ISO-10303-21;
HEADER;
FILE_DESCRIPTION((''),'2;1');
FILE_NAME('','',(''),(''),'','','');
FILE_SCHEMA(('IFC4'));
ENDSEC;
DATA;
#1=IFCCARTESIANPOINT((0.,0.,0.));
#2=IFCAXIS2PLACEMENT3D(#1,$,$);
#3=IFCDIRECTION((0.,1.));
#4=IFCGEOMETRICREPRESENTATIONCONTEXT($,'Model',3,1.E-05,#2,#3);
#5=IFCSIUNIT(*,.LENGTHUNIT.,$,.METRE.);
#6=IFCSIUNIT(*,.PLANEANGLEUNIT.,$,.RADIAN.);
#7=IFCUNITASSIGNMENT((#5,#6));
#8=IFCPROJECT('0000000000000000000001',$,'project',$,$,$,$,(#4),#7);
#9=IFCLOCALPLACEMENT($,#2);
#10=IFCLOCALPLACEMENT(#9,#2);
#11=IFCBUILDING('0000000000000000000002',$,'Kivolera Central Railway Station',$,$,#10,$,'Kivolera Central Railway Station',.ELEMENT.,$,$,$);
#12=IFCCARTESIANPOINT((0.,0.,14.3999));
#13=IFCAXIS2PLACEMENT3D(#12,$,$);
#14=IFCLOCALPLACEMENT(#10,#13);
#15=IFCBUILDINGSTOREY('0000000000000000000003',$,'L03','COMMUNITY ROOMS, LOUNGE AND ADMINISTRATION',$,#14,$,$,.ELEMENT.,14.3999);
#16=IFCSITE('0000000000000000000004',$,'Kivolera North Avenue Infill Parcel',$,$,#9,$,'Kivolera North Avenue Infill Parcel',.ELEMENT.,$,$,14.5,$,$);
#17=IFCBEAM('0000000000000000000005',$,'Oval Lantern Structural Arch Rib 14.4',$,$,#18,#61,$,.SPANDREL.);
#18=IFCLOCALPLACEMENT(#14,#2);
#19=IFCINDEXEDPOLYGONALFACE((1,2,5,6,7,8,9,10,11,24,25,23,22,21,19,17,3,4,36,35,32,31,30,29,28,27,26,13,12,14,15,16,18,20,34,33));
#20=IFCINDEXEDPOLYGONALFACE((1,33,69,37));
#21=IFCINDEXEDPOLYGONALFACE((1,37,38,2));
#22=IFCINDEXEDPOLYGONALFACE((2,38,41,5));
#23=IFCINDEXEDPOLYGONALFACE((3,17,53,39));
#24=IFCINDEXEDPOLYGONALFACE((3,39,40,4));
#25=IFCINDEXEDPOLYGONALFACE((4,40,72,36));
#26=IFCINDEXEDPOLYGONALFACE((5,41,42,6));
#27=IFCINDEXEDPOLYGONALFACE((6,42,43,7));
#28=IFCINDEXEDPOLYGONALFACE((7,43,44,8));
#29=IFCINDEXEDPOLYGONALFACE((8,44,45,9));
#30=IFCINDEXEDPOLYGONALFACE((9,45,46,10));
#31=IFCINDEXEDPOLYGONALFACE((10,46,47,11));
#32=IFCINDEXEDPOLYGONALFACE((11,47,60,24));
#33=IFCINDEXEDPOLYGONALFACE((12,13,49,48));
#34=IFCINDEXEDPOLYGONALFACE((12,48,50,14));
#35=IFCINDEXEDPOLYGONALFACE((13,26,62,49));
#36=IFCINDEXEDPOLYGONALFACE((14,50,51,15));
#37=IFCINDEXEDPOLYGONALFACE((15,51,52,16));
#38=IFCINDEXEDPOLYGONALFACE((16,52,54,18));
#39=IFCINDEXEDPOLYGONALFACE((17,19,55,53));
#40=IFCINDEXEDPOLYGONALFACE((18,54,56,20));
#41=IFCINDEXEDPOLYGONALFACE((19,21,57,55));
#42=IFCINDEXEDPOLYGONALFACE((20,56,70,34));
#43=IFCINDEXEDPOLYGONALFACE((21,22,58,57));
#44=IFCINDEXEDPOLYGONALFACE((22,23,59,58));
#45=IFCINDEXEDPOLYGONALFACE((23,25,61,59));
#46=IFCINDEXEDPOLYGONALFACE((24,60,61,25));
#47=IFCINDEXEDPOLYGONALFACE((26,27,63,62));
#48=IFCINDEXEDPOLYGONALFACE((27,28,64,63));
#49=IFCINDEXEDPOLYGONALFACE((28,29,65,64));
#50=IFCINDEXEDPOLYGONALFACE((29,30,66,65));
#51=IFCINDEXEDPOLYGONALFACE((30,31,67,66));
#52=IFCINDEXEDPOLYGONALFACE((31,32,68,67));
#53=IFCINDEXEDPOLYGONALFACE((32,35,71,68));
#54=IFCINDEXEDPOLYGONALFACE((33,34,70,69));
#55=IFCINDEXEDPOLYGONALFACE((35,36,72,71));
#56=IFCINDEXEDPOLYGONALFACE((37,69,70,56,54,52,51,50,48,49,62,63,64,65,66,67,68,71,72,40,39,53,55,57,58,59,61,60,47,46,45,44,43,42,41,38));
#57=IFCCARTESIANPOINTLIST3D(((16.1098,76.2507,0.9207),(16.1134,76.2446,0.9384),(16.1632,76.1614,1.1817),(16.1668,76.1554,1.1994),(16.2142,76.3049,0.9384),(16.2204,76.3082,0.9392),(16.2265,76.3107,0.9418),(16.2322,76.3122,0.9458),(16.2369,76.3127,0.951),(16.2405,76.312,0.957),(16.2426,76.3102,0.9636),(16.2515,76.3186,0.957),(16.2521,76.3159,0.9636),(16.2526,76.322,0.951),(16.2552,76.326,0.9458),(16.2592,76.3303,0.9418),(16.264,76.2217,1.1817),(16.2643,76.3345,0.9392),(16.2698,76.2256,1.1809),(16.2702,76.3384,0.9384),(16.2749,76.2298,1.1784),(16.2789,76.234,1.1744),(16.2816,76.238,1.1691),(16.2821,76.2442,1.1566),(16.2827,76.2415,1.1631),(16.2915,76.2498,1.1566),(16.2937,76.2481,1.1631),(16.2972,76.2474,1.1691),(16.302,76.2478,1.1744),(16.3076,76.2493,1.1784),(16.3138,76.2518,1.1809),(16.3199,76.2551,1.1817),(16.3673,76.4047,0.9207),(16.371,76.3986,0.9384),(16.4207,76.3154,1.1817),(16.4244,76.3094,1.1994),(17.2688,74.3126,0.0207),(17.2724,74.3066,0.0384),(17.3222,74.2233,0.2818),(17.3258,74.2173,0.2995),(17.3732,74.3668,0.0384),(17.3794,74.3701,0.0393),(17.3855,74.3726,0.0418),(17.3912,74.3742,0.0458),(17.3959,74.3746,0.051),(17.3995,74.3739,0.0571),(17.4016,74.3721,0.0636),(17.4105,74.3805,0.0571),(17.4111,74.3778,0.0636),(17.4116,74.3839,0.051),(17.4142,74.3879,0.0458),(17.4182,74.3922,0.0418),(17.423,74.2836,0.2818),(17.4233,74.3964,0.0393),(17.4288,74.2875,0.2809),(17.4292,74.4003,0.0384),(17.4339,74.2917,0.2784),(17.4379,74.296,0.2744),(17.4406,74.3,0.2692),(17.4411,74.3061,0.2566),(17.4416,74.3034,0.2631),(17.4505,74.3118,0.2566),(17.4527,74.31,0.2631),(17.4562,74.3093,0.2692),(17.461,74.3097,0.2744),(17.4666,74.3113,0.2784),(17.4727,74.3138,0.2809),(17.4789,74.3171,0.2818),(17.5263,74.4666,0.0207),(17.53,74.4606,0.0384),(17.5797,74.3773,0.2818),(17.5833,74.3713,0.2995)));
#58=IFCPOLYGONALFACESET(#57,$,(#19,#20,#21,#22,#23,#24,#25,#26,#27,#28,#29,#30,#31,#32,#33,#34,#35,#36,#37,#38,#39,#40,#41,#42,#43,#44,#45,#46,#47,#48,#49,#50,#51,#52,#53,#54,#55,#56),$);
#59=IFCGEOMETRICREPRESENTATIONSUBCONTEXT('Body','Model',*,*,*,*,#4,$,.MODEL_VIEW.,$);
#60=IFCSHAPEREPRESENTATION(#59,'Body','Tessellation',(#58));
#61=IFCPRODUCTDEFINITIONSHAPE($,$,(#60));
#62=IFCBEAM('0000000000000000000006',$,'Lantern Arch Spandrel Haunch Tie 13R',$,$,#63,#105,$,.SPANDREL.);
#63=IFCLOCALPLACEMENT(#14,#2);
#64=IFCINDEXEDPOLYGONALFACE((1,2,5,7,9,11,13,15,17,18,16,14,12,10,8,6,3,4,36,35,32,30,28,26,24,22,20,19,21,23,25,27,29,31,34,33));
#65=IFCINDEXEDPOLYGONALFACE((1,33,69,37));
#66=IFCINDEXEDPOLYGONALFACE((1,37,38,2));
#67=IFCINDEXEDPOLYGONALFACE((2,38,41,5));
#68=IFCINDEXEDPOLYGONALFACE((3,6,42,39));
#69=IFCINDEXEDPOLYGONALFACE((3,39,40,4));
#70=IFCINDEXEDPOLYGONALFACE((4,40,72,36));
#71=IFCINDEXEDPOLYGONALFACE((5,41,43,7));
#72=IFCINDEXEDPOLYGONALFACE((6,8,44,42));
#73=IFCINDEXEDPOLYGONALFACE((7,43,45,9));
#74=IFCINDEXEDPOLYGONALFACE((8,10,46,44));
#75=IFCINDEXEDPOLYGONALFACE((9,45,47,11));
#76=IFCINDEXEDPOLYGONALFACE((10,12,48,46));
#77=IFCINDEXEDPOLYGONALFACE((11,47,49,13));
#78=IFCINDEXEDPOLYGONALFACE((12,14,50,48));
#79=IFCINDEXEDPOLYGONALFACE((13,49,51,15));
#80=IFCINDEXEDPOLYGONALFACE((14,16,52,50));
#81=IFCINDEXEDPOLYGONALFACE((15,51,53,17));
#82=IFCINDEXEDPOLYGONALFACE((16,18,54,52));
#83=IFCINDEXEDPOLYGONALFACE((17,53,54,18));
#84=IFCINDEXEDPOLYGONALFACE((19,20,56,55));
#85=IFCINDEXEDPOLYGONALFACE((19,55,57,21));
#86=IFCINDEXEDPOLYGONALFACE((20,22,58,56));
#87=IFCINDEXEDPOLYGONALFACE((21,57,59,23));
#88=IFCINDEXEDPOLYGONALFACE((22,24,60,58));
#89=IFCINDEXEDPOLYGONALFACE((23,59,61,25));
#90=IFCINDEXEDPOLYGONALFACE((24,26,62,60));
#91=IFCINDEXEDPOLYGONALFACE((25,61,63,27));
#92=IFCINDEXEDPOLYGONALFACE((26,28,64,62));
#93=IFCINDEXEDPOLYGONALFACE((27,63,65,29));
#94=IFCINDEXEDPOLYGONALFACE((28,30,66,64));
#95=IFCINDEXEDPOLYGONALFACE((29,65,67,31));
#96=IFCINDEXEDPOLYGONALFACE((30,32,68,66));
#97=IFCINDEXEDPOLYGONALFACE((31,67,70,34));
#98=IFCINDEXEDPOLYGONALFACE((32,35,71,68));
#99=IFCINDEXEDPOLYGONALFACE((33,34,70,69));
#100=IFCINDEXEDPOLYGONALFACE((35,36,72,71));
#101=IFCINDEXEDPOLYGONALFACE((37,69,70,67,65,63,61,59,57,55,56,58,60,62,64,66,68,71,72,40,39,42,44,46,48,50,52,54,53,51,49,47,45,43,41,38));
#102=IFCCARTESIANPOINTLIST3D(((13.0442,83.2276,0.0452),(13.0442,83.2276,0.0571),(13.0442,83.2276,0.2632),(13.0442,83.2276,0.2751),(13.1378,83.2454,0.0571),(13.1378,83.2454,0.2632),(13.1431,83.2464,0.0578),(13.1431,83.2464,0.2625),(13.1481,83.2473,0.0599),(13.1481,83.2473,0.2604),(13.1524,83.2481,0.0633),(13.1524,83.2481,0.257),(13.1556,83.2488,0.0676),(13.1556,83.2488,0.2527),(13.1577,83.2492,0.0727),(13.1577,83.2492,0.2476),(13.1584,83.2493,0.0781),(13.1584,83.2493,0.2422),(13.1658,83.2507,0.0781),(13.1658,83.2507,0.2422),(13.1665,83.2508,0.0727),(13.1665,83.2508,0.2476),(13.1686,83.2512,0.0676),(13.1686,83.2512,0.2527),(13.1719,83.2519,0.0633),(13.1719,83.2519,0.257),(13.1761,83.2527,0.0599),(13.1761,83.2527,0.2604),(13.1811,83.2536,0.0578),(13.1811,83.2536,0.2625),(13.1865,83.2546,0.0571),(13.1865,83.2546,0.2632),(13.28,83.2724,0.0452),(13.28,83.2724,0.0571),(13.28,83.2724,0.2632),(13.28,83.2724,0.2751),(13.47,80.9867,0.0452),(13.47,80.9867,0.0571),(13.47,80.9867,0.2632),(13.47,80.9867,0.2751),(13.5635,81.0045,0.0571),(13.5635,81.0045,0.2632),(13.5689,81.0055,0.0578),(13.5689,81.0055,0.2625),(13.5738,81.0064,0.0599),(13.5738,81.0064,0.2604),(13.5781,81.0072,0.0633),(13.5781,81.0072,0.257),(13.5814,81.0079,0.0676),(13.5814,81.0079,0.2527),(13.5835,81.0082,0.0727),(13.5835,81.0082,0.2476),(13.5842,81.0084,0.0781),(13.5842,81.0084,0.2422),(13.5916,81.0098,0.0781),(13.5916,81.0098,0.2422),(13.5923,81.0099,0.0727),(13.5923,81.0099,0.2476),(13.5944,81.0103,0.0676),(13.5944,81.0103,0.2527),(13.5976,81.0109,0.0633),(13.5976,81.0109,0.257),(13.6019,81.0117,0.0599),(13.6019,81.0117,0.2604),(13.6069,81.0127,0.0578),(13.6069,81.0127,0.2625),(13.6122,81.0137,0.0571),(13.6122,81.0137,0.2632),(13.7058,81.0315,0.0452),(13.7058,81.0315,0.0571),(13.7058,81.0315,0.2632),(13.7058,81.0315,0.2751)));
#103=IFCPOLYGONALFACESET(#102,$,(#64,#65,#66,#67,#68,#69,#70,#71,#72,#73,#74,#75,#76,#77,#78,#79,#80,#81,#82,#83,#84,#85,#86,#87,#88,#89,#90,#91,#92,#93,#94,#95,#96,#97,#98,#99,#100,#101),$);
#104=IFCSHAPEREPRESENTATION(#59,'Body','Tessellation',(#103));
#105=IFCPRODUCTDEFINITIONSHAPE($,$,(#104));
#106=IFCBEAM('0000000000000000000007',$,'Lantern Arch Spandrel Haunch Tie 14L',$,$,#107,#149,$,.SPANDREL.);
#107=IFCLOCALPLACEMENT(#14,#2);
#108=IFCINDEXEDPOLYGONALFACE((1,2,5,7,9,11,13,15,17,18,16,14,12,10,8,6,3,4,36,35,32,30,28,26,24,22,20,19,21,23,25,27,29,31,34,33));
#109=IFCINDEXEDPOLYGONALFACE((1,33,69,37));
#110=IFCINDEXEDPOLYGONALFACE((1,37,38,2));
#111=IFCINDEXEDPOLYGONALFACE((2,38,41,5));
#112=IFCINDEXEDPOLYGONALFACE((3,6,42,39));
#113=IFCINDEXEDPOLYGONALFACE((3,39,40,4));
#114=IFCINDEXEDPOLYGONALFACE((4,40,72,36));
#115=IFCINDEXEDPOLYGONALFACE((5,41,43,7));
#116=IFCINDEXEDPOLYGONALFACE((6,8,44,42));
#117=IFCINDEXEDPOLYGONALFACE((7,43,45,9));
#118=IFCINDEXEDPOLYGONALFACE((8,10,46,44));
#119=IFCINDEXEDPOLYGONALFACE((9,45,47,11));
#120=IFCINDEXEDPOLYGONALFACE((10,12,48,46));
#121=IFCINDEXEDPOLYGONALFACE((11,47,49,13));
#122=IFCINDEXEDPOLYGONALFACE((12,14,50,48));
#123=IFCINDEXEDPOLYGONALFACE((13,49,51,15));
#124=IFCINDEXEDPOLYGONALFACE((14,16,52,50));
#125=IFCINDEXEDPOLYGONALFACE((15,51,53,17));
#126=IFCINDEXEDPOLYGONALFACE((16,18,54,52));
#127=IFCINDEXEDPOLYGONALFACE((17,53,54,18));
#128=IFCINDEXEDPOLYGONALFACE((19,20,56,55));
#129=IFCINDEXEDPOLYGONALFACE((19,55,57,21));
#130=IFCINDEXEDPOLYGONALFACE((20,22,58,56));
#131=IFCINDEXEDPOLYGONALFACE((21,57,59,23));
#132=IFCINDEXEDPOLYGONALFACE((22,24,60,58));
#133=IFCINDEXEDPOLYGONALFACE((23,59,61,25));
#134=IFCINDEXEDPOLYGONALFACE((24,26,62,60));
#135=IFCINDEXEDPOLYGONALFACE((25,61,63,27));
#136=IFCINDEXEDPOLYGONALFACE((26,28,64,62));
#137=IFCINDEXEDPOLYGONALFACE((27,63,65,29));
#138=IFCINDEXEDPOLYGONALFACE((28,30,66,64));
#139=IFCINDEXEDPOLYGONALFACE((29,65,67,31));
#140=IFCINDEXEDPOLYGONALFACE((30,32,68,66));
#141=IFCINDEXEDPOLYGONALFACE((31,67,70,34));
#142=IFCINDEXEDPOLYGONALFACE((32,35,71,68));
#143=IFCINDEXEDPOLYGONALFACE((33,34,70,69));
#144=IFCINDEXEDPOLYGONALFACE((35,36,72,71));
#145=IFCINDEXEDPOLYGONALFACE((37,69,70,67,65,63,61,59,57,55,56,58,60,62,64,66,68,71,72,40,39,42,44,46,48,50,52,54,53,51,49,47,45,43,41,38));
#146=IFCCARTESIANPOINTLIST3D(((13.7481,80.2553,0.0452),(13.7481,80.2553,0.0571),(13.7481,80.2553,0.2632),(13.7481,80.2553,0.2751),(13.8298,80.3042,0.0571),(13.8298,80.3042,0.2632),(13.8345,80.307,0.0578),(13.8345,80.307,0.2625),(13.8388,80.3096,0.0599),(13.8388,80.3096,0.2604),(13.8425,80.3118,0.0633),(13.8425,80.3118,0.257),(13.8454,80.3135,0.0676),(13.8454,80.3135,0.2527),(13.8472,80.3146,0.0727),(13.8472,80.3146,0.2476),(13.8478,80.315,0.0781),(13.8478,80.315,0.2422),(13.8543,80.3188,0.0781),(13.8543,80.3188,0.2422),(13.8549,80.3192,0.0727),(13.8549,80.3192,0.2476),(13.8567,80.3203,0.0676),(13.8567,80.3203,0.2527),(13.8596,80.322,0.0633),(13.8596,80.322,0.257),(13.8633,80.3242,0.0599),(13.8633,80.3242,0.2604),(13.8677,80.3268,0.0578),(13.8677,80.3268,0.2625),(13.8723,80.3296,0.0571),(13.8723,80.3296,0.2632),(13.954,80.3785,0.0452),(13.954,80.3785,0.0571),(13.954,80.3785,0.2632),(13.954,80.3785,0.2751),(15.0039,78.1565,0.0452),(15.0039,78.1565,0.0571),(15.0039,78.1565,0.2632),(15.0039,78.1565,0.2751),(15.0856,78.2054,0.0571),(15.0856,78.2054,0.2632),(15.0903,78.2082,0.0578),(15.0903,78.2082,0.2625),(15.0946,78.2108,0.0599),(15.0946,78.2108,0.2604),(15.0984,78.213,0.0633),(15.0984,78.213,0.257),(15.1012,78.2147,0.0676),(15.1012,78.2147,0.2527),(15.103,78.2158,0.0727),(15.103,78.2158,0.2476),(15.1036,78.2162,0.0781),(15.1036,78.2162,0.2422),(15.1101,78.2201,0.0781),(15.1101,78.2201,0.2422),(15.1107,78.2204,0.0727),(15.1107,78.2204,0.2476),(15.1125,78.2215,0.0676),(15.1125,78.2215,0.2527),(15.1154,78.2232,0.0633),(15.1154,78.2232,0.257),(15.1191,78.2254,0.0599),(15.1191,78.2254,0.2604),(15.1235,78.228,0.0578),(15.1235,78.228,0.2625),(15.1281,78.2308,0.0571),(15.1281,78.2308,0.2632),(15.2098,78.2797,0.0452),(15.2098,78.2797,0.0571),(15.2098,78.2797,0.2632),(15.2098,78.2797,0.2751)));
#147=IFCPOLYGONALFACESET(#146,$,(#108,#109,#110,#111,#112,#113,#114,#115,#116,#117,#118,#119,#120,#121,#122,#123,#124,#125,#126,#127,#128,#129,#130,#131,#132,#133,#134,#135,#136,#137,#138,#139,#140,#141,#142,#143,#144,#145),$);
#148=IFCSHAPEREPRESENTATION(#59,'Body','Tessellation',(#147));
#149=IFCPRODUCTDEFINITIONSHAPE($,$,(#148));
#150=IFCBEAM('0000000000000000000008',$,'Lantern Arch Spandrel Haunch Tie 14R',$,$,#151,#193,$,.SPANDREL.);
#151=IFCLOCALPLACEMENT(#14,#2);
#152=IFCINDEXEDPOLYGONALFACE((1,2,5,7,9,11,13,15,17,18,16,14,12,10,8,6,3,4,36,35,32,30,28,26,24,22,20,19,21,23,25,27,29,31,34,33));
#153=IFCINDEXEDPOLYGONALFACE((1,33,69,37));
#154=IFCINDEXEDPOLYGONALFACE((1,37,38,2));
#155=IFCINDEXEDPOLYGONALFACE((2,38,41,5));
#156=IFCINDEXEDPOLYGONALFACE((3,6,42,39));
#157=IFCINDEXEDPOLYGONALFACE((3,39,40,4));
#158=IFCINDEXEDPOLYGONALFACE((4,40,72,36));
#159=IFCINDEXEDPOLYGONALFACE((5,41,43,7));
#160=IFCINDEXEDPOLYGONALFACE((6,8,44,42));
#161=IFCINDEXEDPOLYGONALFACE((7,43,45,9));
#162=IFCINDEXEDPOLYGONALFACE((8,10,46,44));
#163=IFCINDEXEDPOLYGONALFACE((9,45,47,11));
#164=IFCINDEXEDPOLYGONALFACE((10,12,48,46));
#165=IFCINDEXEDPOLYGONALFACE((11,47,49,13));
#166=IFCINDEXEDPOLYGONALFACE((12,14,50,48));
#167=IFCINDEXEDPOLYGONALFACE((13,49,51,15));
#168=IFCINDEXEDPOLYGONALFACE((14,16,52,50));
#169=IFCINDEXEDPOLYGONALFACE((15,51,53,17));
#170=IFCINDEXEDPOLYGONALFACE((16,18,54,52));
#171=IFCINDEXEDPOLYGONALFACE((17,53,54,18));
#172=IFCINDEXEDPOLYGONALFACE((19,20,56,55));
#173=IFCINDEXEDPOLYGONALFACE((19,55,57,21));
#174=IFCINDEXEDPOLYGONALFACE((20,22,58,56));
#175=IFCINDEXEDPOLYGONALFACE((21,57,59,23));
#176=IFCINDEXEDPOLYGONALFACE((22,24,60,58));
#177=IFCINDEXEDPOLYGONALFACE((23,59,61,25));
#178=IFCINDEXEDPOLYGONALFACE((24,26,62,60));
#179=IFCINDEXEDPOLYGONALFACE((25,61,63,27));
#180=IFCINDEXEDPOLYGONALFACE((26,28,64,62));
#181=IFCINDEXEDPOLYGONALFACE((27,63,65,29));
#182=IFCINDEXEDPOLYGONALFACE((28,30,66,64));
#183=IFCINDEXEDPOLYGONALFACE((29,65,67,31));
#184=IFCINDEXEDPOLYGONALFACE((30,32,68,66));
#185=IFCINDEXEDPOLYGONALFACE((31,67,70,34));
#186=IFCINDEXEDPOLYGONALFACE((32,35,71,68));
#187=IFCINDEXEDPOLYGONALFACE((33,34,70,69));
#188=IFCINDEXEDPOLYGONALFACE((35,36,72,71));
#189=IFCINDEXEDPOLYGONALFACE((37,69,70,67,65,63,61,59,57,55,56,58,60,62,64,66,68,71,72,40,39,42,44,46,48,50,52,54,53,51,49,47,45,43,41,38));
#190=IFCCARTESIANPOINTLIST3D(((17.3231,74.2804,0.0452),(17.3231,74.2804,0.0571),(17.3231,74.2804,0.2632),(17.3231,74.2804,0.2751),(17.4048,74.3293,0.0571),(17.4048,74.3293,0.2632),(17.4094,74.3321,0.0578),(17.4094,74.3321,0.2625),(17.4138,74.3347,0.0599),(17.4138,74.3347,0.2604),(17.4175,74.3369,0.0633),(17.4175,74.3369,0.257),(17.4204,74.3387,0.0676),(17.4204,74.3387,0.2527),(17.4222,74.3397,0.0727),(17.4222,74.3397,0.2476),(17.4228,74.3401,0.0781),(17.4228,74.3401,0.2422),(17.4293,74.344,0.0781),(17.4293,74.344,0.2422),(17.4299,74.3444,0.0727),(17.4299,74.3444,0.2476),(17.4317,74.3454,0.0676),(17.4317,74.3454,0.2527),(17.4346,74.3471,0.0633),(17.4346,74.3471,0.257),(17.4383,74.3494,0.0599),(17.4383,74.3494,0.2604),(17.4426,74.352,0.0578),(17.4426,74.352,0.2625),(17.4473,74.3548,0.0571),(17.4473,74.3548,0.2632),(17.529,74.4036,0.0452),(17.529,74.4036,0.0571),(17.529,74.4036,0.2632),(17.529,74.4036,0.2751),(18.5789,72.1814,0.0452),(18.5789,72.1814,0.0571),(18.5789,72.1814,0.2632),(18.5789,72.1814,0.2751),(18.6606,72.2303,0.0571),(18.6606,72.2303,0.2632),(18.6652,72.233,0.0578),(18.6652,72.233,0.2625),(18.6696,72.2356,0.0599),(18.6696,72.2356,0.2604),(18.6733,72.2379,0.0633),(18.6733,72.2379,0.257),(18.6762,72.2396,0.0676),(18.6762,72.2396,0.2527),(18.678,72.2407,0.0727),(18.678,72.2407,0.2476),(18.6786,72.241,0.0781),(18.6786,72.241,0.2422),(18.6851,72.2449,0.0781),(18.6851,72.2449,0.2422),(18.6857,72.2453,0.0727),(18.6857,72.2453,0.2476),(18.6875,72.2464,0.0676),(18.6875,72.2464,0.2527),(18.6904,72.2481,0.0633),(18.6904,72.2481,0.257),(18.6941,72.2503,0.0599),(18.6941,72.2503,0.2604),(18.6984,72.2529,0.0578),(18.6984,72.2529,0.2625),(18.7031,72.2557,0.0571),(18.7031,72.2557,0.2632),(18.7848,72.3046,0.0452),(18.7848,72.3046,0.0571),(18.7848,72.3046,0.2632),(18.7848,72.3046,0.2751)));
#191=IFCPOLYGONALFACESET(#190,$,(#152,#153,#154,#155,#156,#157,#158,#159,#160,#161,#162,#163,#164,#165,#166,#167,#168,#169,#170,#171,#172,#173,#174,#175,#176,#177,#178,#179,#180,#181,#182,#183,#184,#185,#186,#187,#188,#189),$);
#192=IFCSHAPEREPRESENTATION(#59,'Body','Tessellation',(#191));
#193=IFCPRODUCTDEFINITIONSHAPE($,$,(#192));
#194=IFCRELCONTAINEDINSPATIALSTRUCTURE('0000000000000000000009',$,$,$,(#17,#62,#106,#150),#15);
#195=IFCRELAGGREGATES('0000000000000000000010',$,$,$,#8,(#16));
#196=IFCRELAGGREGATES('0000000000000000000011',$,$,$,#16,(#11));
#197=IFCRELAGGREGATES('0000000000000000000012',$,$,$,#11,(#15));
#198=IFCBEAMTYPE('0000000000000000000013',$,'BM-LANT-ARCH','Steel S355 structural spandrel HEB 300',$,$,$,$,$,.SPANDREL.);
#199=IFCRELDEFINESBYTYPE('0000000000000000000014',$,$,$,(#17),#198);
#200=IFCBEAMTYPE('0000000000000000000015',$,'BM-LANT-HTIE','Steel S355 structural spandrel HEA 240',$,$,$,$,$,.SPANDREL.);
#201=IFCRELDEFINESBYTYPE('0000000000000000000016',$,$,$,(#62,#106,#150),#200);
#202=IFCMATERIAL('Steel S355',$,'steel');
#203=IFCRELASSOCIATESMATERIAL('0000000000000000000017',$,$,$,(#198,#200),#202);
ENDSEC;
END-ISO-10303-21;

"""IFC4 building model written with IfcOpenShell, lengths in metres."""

from ifc_helpers import new_model, si_unit, direction, frame, origin, origin_2d, place, context, subcontext, project, spatial, i_section, extrude, material, material_profile, profile_set, type_object, element, save


model = new_model("IFC4")

# Units and contexts
model_context = context("Model", 3, precision=1e-05, world=origin(), true_north=direction((0.0, 1.0)))
body_context = subcontext(model_context, "Body", "Model", "MODEL_VIEW")
ifc_project = project(units=[si_unit("LENGTHUNIT", "METRE"), si_unit("PLANEANGLEUNIT", "RADIAN")], contexts=[model_context])

# Site, building, storey
site_placement = place(None, origin())
site = spatial("IfcSite", under=ifc_project, at=site_placement, Name="Kivolera North Avenue Infill Parcel", LongName="Kivolera North Avenue Infill Parcel", CompositionType="ELEMENT", RefElevation=14.5)
building_placement = place(site_placement, origin())
building = spatial("IfcBuilding", under=site, at=building_placement, Name="Kivolera Central Railway Station", LongName="Kivolera Central Railway Station", CompositionType="ELEMENT")
storey_placement = place(building_placement, frame((0.0, 0.0, 14.3999)))
storey = spatial("IfcBuildingStorey", under=building, at=storey_placement, Name="L03", Description="COMMUNITY ROOMS, LOUNGE AND ADMINISTRATION", CompositionType="ELEMENT", Elevation=14.3999)

# Beams
ifc_material_1 = material(Name="Steel S355", Category="steel")
ifc_material_profile_1 = material_profile(ifc_material_1, i_section(OverallWidth=0.3, OverallDepth=0.3, WebThickness=0.011, FlangeThickness=0.019, FilletRadius=0.0271, at=origin_2d()), Name="HEB 300")
ifc_profile_set_1 = profile_set([ifc_material_profile_1], Name="Steel S355")
beam_type_1 = type_object("IfcBeamType", Name="BM-LANT-ARCH", Description="Steel S355 structural spandrel HEB 300", PredefinedType="SPANDREL", material=ifc_profile_set_1)
beam_1_placement = place(storey_placement, frame((16.2671, 76.28, 1.0601), z_axis=(0.476773, -0.797266, -0.370209), x_axis=(0.858246, 0.513239, 0.0)))
element("IfcBeam", 1, at=beam_1_placement, inside=storey, type_object=beam_type_1, Name="Oval Lantern Structural Arch Rib 14.4", PredefinedType="SPANDREL", context=body_context, shape_type="SweptSolid", body=[
    extrude(i_section(OverallWidth=0.3, OverallDepth=0.3, WebThickness=0.011, FlangeThickness=0.019, FilletRadius=0.0271, at=origin_2d()), origin(), (0.0, 0.0, 1.0), 2.4309),
])
ifc_material_profile_2 = material_profile(ifc_material_1, i_section(OverallWidth=0.24, OverallDepth=0.23, WebThickness=0.0076, FlangeThickness=0.012, FilletRadius=0.021, at=origin_2d()), Name="HEA 240")
ifc_profile_set_2 = profile_set([ifc_material_profile_2], Name="Steel S355")
beam_type_2 = type_object("IfcBeamType", Name="BM-LANT-HTIE", Description="Steel S355 structural spandrel HEA 240", PredefinedType="SPANDREL", material=ifc_profile_set_2)
beam_2_placement = place(storey_placement, frame((13.1621, 83.25, 0.1602), z_axis=(0.18666, -0.982425, 0.0), x_axis=(0.982425, 0.18666, 0.0)))
element("IfcBeam", 2, at=beam_2_placement, inside=storey, type_object=beam_type_2, Name="Lantern Arch Spandrel Haunch Tie 13R", PredefinedType="SPANDREL", context=body_context, shape_type="SweptSolid", body=[
    extrude(i_section(OverallWidth=0.24, OverallDepth=0.23, WebThickness=0.0076, FlangeThickness=0.012, FilletRadius=0.021, at=origin_2d()), origin(), (0.0, 0.0, 1.0), 2.281),
])
beam_3_placement = place(storey_placement, frame((13.8511, 80.3169, 0.1602), z_axis=(0.513453, -0.858118, 0.0), x_axis=(0.858118, 0.513453, 0.0)))
element("IfcBeam", 3, at=beam_3_placement, inside=storey, type_object=beam_type_2, Name="Lantern Arch Spandrel Haunch Tie 14L", PredefinedType="SPANDREL", context=body_context, shape_type="SweptSolid", body=[
    extrude(i_section(OverallWidth=0.24, OverallDepth=0.23, WebThickness=0.0076, FlangeThickness=0.012, FilletRadius=0.021, at=origin_2d()), origin(), (0.0, 0.0, 1.0), 2.4458),
])
beam_4_placement = place(storey_placement, frame((17.426, 74.342, 0.1602), z_axis=(0.513409, -0.858144, 0.0), x_axis=(0.858144, 0.513409, 0.0)))
element("IfcBeam", 4, at=beam_4_placement, inside=storey, type_object=beam_type_2, Name="Lantern Arch Spandrel Haunch Tie 14R", PredefinedType="SPANDREL", context=body_context, shape_type="SweptSolid", body=[
    extrude(i_section(OverallWidth=0.24, OverallDepth=0.23, WebThickness=0.0076, FlangeThickness=0.012, FilletRadius=0.021, at=origin_2d()), origin(), (0.0, 0.0, 1.0), 2.446),
])

save(model, "model.ifc")
